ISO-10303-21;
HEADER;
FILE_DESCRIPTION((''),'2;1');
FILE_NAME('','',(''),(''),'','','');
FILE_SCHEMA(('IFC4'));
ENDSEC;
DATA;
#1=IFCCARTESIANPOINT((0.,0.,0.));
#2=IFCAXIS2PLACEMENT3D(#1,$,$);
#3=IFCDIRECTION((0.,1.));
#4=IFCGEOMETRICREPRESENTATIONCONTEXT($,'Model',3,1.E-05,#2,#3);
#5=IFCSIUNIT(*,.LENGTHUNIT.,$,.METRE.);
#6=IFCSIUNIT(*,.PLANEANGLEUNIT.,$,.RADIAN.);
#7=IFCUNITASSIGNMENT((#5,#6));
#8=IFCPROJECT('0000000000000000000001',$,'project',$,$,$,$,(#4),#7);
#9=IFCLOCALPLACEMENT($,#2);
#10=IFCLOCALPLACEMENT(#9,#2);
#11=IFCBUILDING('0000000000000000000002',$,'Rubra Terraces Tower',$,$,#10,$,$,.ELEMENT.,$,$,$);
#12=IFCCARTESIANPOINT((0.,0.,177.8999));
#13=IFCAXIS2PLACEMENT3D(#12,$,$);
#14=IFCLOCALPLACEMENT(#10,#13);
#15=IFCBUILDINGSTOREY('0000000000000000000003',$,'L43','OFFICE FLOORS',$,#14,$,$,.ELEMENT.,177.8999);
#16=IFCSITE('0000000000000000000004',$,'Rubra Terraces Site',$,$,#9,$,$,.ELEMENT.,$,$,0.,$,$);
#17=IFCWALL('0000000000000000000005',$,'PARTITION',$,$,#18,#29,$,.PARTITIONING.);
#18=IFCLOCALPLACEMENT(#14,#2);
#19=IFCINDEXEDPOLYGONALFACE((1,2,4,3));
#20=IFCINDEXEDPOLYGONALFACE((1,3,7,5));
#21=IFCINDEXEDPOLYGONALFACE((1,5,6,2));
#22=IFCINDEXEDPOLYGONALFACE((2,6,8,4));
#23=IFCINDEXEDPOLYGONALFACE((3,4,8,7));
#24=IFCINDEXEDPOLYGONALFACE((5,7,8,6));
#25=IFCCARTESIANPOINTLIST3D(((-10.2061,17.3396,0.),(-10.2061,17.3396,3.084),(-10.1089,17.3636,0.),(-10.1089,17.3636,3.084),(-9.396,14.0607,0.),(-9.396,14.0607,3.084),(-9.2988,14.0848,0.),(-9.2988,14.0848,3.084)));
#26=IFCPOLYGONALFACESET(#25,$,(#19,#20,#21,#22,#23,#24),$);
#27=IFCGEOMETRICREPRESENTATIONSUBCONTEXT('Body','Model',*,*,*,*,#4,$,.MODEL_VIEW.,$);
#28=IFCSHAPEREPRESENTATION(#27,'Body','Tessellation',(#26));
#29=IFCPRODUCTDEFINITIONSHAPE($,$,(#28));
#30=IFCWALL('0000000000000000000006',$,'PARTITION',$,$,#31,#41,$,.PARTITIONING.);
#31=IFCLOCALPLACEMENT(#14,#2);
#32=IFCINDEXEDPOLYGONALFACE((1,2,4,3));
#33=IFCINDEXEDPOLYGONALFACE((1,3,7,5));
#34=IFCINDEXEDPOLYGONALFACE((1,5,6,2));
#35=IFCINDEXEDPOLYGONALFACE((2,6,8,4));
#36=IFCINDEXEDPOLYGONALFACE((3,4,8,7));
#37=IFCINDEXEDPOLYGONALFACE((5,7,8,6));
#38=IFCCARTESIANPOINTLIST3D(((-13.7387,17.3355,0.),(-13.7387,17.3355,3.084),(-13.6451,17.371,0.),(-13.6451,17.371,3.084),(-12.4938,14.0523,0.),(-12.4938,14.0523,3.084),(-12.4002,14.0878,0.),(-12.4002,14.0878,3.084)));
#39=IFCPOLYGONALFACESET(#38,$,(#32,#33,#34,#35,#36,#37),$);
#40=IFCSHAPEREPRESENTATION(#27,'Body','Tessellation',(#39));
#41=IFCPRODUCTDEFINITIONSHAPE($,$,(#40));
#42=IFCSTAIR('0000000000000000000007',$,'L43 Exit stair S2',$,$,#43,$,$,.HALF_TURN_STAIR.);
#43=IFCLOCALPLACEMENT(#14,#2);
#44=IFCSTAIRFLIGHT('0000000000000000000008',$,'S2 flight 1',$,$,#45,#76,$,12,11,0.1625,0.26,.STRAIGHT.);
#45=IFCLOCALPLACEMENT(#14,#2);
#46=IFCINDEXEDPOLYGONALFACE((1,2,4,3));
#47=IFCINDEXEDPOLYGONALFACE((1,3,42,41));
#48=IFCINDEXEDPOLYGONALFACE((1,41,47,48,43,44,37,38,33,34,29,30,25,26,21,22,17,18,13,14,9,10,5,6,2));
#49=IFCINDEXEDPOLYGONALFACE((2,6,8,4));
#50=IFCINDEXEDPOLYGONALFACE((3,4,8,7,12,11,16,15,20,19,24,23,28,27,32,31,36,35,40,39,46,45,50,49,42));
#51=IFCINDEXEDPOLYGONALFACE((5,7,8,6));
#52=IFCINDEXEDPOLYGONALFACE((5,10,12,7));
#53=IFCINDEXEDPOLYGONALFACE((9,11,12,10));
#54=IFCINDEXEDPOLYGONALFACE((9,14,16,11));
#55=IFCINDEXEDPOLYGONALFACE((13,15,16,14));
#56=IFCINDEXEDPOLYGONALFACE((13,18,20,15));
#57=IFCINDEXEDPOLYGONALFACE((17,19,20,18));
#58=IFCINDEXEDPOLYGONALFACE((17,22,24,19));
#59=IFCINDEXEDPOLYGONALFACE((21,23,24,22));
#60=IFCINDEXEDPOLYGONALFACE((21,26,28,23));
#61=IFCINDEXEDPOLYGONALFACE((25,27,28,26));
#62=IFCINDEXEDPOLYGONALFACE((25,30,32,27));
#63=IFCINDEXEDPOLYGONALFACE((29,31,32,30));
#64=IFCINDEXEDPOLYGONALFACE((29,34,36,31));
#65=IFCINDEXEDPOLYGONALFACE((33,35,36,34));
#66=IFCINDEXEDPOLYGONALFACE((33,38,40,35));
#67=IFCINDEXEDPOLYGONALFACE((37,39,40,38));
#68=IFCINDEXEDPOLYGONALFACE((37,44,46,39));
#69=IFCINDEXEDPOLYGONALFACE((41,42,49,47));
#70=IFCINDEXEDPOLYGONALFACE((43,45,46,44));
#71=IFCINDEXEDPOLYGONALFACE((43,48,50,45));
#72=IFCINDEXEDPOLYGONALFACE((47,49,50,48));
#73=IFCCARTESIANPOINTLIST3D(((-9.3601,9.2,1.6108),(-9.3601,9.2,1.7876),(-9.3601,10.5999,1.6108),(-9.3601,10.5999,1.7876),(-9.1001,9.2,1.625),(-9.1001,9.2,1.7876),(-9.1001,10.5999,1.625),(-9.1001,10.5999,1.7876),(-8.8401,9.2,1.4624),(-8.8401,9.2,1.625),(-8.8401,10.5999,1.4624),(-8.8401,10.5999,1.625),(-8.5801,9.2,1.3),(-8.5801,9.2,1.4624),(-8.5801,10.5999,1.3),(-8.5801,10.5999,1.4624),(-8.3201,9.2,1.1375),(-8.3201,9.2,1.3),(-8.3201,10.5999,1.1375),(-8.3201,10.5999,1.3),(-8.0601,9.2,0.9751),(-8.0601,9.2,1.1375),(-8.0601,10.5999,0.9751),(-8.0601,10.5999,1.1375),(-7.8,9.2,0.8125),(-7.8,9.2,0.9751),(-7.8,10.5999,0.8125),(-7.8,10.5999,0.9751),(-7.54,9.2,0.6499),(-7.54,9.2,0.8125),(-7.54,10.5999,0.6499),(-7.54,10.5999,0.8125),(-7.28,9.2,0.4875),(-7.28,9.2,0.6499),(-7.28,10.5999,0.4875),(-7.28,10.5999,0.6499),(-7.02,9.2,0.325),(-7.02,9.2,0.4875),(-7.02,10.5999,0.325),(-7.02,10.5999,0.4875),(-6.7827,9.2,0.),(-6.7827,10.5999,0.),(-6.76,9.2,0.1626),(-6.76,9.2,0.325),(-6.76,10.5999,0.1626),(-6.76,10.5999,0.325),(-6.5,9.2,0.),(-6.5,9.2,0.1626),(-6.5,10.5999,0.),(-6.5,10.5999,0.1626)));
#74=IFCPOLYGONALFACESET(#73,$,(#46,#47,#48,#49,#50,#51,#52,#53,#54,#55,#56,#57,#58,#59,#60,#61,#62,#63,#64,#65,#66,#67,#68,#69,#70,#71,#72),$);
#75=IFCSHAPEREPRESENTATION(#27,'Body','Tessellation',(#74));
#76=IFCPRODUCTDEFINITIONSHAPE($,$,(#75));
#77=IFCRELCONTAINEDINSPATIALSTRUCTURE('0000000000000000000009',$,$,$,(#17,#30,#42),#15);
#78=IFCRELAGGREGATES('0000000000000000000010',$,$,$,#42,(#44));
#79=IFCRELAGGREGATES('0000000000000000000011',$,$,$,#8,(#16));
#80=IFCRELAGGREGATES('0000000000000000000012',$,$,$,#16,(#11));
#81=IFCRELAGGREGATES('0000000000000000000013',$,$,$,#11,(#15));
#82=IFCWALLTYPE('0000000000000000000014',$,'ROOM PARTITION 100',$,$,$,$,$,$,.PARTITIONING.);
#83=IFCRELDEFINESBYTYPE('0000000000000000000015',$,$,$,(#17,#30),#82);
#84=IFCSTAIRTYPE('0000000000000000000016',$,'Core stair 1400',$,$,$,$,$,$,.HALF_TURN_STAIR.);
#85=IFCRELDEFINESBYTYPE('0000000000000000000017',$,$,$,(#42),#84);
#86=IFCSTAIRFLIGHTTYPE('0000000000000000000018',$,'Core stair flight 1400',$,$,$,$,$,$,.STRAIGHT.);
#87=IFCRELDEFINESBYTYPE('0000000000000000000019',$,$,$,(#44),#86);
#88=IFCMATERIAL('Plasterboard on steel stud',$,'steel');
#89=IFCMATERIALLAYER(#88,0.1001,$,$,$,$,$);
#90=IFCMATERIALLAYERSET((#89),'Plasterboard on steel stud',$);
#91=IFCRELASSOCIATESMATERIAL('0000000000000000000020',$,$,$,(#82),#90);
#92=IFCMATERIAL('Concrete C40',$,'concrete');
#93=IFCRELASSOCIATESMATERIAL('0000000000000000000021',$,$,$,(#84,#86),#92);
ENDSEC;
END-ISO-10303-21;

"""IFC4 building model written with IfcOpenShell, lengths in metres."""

from ifc_helpers import new_model, si_unit, direction, frame, frame_2d, origin, place, context, subcontext, project, spatial, polyline, rectangle, outline, extrude, material, layer, layer_set, type_object, element, aggregate, save


model = new_model("IFC4")

# Units and contexts
model_context = context("Model", 3, precision=1e-05, world=origin(), true_north=direction((0.0, 1.0)))
body_context = subcontext(model_context, "Body", "Model", "MODEL_VIEW")
ifc_project = project(units=[si_unit("LENGTHUNIT", "METRE"), si_unit("PLANEANGLEUNIT", "RADIAN")], contexts=[model_context])

# Site, building, storey
site_placement = place(None, origin())
site = spatial("IfcSite", under=ifc_project, at=site_placement, Name="Rubra Terraces Site", CompositionType="ELEMENT", RefElevation=0.0)
building_placement = place(site_placement, origin())
building = spatial("IfcBuilding", under=site, at=building_placement, Name="Rubra Terraces Tower", CompositionType="ELEMENT")
storey_placement = place(building_placement, frame((0.0, 0.0, 177.8999)))
storey = spatial("IfcBuildingStorey", under=building, at=storey_placement, Name="L43", Description="OFFICE FLOORS", CompositionType="ELEMENT", Elevation=177.8999)

# Shared definitions
ifc_material_1 = material(Name="Concrete C40", Category="concrete")

# Shared definitions
ifc_material_2 = material(Name="Plasterboard on steel stud", Category="steel")
ifc_layer_1 = layer(ifc_material_2, 0.1001)
ifc_layer_set_1 = layer_set([ifc_layer_1], Name="Plasterboard on steel stud")
wall_type_1 = type_object("IfcWallType", Name="ROOM PARTITION 100", PredefinedType="PARTITIONING", material=ifc_layer_set_1)

# Walls
wall_1_placement = place(storey_placement, frame((-9.3474, 14.0728, 0.0), z_axis=(0.0, 0.0, 1.0), x_axis=(-0.239847, 0.970811, 0.0)))
element("IfcWall", 1, at=wall_1_placement, inside=storey, type_object=wall_type_1, Name="PARTITION", PredefinedType="PARTITIONING", context=body_context, shape_type="SweptSolid", body=[
    extrude(rectangle(XDim=3.3774, YDim=0.1001, at=frame_2d((1.6887, 0.0))), origin(), (0.0, 0.0, 1.0), 3.084),
])
wall_2_placement = place(storey_placement, frame((-12.447, 14.0701, 0.0), z_axis=(0.0, 0.0, 1.0), x_axis=(-0.354535, 0.935043, 0.0)))
element("IfcWall", 2, at=wall_2_placement, inside=storey, type_object=wall_type_1, Name="PARTITION", PredefinedType="PARTITIONING", context=body_context, shape_type="SweptSolid", body=[
    extrude(rectangle(XDim=3.5112, YDim=0.1001, at=frame_2d((1.7556, 0.0))), origin(), (0.0, 0.0, 1.0), 3.084),
])

# Stair, stair flight
stair_type = type_object("IfcStairType", Name="Core stair 1400", PredefinedType="HALF_TURN_STAIR", material=ifc_material_1)
stair_placement = place(storey_placement, origin())
stair = element("IfcStair", 3, at=stair_placement, inside=storey, type_object=stair_type, Name="L43 Exit stair S2", PredefinedType="HALF_TURN_STAIR")
stair_flight_type = type_object("IfcStairFlightType", Name="Core stair flight 1400", PredefinedType="STRAIGHT", material=ifc_material_1)
stair_flight_placement = place(storey_placement, frame((-6.5, 9.8999, 0.0), z_axis=(0.0, 0.0, 1.0), x_axis=(-1.0, 0.0, 0.0)))
stair_flight = element("IfcStairFlight", 4, at=stair_flight_placement, type_object=stair_flight_type, Name="S2 flight 1", NumberOfRisers=12, NumberOfTreads=11, PredefinedType="STRAIGHT", RiserHeight=0.1625, TreadLength=0.26, context=body_context, shape_type="SweptSolid", body=[
    extrude(outline(polyline([(0.0, 0.0), (0.0, 0.1626), (0.26, 0.1626), (0.26, 0.325), (0.52, 0.325), (0.52, 0.4875), (0.78, 0.4875), (0.78, 0.6499), (1.04, 0.6499), (1.04, 0.8125), (1.3, 0.8125), (1.3, 0.9751), (1.5601, 0.9751), (1.5601, 1.1375), (1.8201, 1.1375), (1.8201, 1.3), (2.0801, 1.3), (2.0801, 1.4624), (2.3401, 1.4624), (2.3401, 1.625), (2.6001, 1.625), (2.6001, 1.7876), (2.8601, 1.7876), (2.8601, 1.95), (2.8601, 1.6108), (0.2827, 0.0), (0.0, 0.0)])), frame((0.0, 0.7, 0.0), z_axis=(0.0, -1.0, 0.0), x_axis=(1.0, 0.0, 0.0)), (0.0, 0.0, 1.0), 1.3999),
])
aggregate(stair, [stair_flight])

save(model, "model.ifc")
